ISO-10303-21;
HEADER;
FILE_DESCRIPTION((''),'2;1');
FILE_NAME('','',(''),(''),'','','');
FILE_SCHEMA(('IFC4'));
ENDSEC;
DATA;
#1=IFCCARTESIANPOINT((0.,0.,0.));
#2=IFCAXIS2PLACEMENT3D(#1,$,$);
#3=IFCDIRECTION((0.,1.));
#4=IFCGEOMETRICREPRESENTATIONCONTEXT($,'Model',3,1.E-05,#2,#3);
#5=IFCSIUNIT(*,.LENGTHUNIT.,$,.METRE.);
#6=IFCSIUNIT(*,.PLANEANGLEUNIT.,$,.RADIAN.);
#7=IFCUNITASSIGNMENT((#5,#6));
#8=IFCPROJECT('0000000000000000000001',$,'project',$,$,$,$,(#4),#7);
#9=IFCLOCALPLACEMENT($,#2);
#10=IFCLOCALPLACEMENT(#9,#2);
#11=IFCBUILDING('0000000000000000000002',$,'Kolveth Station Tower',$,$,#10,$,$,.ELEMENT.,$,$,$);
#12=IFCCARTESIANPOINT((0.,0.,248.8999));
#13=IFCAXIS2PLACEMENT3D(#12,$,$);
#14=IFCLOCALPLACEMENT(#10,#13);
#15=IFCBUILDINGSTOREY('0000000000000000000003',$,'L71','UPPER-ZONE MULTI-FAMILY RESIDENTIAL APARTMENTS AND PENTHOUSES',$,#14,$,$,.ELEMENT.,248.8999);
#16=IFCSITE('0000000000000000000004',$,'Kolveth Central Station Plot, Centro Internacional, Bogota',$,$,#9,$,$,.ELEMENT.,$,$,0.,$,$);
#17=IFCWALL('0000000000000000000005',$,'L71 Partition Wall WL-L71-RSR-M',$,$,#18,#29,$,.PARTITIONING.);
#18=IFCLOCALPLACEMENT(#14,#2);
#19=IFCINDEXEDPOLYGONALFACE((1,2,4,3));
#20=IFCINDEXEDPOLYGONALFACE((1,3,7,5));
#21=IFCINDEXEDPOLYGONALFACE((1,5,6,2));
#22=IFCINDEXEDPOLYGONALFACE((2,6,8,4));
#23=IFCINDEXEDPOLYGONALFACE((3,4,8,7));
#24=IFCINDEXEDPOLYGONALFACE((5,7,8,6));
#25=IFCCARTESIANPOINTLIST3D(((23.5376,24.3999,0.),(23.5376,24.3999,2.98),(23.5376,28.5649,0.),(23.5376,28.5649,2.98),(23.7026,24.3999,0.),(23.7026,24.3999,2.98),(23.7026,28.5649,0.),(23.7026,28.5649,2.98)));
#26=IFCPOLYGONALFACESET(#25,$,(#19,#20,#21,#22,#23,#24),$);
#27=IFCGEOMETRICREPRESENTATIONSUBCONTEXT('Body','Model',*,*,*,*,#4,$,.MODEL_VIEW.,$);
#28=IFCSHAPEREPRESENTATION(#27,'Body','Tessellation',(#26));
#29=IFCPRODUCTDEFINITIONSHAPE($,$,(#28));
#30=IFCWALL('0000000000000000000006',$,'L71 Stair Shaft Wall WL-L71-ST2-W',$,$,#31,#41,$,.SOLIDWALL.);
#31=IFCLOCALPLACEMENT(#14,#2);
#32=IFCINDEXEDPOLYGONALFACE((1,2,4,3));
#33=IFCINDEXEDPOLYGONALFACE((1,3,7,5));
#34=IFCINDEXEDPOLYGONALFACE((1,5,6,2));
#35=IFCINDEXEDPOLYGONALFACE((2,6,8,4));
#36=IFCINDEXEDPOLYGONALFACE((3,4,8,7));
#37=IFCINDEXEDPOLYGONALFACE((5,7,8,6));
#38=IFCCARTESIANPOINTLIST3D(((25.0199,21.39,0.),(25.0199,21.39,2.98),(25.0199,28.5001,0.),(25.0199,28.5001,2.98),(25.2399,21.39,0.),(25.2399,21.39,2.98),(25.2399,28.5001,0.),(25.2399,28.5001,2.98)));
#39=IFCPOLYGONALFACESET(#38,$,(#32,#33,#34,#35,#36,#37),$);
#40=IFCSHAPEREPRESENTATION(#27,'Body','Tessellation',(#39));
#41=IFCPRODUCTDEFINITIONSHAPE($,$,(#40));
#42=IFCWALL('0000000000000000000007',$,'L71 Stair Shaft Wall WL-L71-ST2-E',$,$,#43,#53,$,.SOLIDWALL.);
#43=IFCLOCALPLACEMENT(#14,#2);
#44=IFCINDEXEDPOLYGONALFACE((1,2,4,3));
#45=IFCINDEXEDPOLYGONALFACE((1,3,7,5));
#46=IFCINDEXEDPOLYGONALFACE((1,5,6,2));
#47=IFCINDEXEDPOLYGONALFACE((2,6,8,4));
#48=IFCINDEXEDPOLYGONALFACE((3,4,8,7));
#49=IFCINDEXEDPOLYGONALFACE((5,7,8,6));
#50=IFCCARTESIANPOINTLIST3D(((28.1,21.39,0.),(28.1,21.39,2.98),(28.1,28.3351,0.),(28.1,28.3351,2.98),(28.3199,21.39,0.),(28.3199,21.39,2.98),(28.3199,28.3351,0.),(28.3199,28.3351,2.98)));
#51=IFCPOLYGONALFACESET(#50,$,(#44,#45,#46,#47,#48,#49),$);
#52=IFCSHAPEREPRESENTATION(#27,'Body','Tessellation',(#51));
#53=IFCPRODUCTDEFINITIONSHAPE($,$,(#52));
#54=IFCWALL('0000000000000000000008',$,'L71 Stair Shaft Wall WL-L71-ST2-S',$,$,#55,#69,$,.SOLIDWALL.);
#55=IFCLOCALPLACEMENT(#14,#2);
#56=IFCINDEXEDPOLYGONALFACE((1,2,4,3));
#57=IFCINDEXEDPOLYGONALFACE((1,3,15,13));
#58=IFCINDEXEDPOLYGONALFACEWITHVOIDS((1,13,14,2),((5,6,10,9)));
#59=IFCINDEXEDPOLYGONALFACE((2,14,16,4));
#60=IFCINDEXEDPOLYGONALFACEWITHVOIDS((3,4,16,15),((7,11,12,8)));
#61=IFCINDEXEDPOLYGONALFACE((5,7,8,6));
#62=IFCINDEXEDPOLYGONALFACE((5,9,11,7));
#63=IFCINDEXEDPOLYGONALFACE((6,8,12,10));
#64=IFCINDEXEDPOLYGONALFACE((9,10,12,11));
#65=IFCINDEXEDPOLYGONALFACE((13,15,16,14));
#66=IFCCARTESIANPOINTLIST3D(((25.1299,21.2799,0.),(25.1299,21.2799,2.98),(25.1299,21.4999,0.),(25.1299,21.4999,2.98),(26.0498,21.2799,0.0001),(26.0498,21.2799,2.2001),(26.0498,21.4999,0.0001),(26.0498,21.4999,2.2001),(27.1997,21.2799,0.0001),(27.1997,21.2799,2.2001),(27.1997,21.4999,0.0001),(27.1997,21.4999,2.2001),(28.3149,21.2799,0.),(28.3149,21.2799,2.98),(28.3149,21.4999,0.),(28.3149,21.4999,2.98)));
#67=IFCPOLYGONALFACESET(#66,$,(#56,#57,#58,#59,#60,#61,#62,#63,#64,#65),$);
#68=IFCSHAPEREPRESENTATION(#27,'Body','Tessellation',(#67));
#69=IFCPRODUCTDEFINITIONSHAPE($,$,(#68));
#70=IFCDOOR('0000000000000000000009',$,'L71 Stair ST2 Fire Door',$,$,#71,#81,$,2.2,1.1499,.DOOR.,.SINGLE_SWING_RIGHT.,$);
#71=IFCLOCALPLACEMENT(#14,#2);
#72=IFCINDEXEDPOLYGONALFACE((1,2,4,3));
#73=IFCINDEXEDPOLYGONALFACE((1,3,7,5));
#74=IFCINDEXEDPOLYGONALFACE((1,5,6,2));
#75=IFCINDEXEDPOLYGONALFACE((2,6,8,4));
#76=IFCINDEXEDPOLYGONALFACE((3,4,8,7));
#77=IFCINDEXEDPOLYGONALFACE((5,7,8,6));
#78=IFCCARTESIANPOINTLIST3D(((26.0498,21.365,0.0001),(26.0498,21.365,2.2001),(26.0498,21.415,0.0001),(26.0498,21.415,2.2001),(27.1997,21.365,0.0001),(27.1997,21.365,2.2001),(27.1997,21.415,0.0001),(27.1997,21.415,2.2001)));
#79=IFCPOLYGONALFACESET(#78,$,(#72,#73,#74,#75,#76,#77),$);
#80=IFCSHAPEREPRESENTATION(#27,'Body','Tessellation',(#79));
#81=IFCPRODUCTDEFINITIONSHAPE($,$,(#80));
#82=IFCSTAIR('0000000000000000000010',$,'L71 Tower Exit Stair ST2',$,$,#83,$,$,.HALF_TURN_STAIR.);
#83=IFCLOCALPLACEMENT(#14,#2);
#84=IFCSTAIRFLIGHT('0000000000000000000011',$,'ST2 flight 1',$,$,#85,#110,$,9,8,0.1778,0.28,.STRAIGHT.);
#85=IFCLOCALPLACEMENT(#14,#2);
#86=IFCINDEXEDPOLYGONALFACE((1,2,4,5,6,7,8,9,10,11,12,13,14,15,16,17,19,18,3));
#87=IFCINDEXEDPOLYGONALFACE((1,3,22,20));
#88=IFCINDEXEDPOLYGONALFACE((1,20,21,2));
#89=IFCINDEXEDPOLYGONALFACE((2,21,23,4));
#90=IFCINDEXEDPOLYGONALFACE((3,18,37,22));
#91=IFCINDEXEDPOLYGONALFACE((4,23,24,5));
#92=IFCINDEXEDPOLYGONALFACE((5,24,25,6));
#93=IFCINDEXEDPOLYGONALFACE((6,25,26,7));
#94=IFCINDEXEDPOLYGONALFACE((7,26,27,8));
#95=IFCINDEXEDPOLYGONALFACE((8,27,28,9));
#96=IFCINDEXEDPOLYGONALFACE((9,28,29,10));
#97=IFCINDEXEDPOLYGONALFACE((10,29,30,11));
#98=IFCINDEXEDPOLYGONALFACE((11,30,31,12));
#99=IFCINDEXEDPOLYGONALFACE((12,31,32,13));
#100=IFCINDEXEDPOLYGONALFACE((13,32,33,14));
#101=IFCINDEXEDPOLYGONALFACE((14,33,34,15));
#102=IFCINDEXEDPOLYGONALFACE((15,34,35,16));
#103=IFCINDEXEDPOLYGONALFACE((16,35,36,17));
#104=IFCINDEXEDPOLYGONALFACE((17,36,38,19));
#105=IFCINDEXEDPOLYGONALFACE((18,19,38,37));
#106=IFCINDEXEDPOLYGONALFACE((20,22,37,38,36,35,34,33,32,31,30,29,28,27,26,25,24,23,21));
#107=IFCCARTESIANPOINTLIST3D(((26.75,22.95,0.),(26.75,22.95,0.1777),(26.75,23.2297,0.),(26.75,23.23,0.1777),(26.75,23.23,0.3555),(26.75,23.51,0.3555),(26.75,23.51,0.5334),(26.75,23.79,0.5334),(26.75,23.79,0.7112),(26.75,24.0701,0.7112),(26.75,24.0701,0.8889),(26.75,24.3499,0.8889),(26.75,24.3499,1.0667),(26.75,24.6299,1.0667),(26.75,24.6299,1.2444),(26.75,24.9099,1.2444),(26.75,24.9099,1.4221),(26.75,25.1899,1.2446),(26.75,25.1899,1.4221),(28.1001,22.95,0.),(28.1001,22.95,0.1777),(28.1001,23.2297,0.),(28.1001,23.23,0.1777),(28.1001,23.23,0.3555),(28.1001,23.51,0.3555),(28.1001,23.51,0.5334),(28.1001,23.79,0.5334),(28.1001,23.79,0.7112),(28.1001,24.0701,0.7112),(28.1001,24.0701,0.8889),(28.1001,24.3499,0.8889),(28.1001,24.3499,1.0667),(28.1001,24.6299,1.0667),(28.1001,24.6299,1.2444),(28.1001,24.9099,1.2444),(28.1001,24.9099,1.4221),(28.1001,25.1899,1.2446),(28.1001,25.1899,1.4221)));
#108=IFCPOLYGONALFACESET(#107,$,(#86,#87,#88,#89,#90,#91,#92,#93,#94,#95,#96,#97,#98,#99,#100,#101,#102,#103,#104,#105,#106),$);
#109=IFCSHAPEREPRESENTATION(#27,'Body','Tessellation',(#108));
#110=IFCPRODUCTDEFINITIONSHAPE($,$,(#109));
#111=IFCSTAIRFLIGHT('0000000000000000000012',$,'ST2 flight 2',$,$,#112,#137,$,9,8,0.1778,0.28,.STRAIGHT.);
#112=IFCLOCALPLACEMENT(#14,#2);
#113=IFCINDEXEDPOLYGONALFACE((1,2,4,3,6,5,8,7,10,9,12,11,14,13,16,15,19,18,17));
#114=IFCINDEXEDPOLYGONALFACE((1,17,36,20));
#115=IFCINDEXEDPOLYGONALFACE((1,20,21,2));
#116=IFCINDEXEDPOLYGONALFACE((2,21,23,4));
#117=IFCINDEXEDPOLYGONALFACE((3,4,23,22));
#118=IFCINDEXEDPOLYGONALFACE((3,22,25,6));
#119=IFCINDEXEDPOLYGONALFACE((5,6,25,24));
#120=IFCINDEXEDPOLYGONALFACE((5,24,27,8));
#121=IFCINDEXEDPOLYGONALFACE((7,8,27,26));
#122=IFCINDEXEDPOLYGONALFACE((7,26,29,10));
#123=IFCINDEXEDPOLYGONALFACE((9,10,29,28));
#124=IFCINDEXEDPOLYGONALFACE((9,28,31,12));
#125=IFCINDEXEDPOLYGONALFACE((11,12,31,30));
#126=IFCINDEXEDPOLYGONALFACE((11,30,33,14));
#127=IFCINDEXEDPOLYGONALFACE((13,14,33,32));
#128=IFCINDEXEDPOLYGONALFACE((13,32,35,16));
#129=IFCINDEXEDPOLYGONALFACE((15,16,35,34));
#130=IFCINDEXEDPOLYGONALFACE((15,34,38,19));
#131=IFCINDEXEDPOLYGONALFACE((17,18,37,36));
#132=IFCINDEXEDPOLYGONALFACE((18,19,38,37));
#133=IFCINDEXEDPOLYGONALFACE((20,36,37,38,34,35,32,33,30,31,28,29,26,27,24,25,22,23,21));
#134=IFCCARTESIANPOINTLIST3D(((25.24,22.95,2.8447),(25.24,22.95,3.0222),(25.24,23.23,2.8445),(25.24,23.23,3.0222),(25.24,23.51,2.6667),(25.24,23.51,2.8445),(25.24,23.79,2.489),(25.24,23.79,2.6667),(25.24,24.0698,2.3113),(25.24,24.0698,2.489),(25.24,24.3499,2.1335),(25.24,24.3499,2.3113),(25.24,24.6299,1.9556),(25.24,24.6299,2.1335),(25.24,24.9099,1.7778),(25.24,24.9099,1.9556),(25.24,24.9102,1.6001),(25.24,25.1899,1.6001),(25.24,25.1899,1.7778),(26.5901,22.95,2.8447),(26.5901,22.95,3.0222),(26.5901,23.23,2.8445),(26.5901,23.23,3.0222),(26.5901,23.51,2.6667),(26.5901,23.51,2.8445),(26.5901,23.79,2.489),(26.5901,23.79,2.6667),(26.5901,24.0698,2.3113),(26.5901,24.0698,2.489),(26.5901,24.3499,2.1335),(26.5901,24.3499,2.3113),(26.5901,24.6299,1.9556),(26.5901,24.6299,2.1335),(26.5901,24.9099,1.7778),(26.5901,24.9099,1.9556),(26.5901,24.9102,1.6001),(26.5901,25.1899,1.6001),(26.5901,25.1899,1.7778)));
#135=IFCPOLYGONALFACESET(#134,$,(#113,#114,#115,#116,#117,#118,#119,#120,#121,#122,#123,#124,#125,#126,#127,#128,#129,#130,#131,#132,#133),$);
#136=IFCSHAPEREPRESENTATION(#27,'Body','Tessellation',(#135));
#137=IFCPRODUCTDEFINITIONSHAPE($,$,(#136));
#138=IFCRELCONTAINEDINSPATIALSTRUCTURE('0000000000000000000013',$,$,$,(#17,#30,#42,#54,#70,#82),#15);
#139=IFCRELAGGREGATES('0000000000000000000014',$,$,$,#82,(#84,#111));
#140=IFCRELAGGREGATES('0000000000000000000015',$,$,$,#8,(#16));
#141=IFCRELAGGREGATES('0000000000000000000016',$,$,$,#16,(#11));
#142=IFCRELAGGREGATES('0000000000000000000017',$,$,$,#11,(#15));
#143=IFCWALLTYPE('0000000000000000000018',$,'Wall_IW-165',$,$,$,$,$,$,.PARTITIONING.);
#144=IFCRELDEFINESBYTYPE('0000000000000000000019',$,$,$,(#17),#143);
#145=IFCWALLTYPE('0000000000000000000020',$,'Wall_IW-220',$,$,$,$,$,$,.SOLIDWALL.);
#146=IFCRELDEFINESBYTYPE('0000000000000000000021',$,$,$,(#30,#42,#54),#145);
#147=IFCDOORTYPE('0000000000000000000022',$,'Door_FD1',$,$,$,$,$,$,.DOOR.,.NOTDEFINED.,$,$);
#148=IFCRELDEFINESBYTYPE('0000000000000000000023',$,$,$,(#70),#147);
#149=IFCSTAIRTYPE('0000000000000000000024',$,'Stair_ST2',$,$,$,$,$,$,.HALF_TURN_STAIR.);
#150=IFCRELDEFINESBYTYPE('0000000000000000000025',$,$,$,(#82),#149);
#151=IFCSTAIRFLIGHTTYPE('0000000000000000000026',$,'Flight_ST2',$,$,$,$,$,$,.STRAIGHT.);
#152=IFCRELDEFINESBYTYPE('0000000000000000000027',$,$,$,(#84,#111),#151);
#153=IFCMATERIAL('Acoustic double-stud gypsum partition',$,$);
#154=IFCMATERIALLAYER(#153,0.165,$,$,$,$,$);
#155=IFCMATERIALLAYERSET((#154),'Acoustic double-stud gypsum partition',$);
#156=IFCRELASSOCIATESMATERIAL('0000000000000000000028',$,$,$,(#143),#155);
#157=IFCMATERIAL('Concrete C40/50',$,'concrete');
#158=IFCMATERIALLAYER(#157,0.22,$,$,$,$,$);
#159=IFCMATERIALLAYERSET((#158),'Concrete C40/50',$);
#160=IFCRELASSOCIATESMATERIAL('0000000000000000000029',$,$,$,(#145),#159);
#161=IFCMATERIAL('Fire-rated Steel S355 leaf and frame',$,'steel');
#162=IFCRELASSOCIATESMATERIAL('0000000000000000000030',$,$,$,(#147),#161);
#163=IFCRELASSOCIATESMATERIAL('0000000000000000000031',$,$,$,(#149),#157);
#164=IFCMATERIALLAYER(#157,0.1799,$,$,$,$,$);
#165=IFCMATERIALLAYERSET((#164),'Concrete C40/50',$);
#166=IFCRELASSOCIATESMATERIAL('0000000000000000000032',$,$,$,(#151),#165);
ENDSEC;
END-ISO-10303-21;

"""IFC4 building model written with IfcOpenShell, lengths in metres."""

from ifc_helpers import new_model, si_unit, direction, frame, frame_2d, origin, place, context, subcontext, project, spatial, polyline, rectangle, outline, extrude, material, layer, layer_set, type_object, element, fill, aggregate, save


model = new_model("IFC4")

# Units and contexts
model_context = context("Model", 3, precision=1e-05, world=origin(), true_north=direction((0.0, 1.0)))
body_context = subcontext(model_context, "Body", "Model", "MODEL_VIEW")
ifc_project = project(units=[si_unit("LENGTHUNIT", "METRE"), si_unit("PLANEANGLEUNIT", "RADIAN")], contexts=[model_context])

# Site, building, storey
site_placement = place(None, origin())
site = spatial("IfcSite", under=ifc_project, at=site_placement, Name="Kolveth Central Station Plot, Centro Internacional, Bogota", CompositionType="ELEMENT", RefElevation=0.0)
building_placement = place(site_placement, origin())
building = spatial("IfcBuilding", under=site, at=building_placement, Name="Kolveth Station Tower", CompositionType="ELEMENT")
storey_placement = place(building_placement, frame((0.0, 0.0, 248.8999)))
storey = spatial("IfcBuildingStorey", under=building, at=storey_placement, Name="L71", Description="UPPER-ZONE MULTI-FAMILY RESIDENTIAL APARTMENTS AND PENTHOUSES", CompositionType="ELEMENT", Elevation=248.8999)

# Walls
ifc_material_1 = material(Name="Acoustic double-stud gypsum partition")
ifc_layer_1 = layer(ifc_material_1, 0.165)
ifc_layer_set_1 = layer_set([ifc_layer_1], Name="Acoustic double-stud gypsum partition")
wall_type_1 = type_object("IfcWallType", Name="Wall_IW-165", PredefinedType="PARTITIONING", material=ifc_layer_set_1)
wall_1_placement = place(storey_placement, frame((23.6201, 24.3999, 0.0), z_axis=(0.0, 0.0, 1.0), x_axis=(0.0, 1.0, 0.0)))
element("IfcWall", 1, at=wall_1_placement, inside=storey, type_object=wall_type_1, Name="L71 Partition Wall WL-L71-RSR-M", PredefinedType="PARTITIONING", context=body_context, shape_type="SweptSolid", body=[
    extrude(rectangle(XDim=4.165, YDim=0.165, at=frame_2d((2.0825, 0.0))), origin(), (0.0, 0.0, 1.0), 2.98),
])
ifc_material_2 = material(Name="Concrete C40/50", Category="concrete")
ifc_layer_2 = layer(ifc_material_2, 0.22)
ifc_layer_set_2 = layer_set([ifc_layer_2], Name="Concrete C40/50")
wall_type_2 = type_object("IfcWallType", Name="Wall_IW-220", PredefinedType="SOLIDWALL", material=ifc_layer_set_2)
wall_2_placement = place(storey_placement, frame((25.1299, 21.3899, 0.0), z_axis=(0.0, 0.0, 1.0), x_axis=(0.0, 1.0, 0.0)))
element("IfcWall", 2, at=wall_2_placement, inside=storey, type_object=wall_type_2, Name="L71 Stair Shaft Wall WL-L71-ST2-W", PredefinedType="SOLIDWALL", context=body_context, shape_type="SweptSolid", body=[
    extrude(rectangle(XDim=7.1101, YDim=0.22, at=frame_2d((3.5552, 0.0))), origin(), (0.0, 0.0, 1.0), 2.98),
])
wall_3_placement = place(storey_placement, frame((28.21, 21.3899, 0.0), z_axis=(0.0, 0.0, 1.0), x_axis=(0.0, 1.0, 0.0)))
element("IfcWall", 3, at=wall_3_placement, inside=storey, type_object=wall_type_2, Name="L71 Stair Shaft Wall WL-L71-ST2-E", PredefinedType="SOLIDWALL", context=body_context, shape_type="SweptSolid", body=[
    extrude(rectangle(XDim=6.9451, YDim=0.22, at=frame_2d((3.4727, 0.0))), origin(), (0.0, 0.0, 1.0), 2.98),
])

# Wall, opening, door
wall_4_placement = place(storey_placement, frame((25.1299, 21.3899, 0.0), z_axis=(0.0, 0.0, 1.0), x_axis=(1.0, 0.0, 0.0)))
wall_4 = element("IfcWall", 4, at=wall_4_placement, inside=storey, type_object=wall_type_2, Name="L71 Stair Shaft Wall WL-L71-ST2-S", PredefinedType="SOLIDWALL", context=body_context, shape_type="SweptSolid", body=[
    extrude(rectangle(XDim=3.1851, YDim=0.22, at=frame_2d((1.5925, 0.0))), origin(), (0.0, 0.0, 1.0), 2.98),
])
opening_1_placement = place(wall_4_placement, frame((0.9199, 0.0, 0.0)))
opening_1 = element("IfcOpeningElement", 5, at=opening_1_placement, cuts=wall_4, PredefinedType="OPENING", context=body_context, shape_type="SweptSolid", body=[
    extrude(rectangle(XDim=1.1499, YDim=2.2, at=frame_2d((0.575, 1.1001))), frame((0.0, 0.1199, 0.0), z_axis=(0.0, -1.0, 0.0), x_axis=(1.0, 0.0, 0.0)), (0.0, 0.0, 1.0), 0.24),
])
ifc_material_3 = material(Name="Fire-rated Steel S355 leaf and frame", Category="steel")
door_type_1 = type_object("IfcDoorType", Name="Door_FD1", OperationType="NOTDEFINED", PredefinedType="DOOR", material=ifc_material_3)
door_1_placement = place(opening_1_placement, frame((1.1499, 0.0, 0.0), z_axis=(0.0, 0.0, 1.0), x_axis=(-1.0, 0.0, 0.0)))
door_1 = element("IfcDoor", 6, at=door_1_placement, inside=storey, type_object=door_type_1, Name="L71 Stair ST2 Fire Door", OperationType="SINGLE_SWING_RIGHT", OverallHeight=2.2, OverallWidth=1.1499, PredefinedType="DOOR", context=body_context, shape_type="SweptSolid", body=[
    extrude(rectangle(XDim=1.1499, YDim=2.2, at=frame_2d((0.575, 1.1001))), frame((0.0, 0.0249, 0.0), z_axis=(0.0, -1.0, 0.0), x_axis=(1.0, 0.0, 0.0)), (0.0, 0.0, 1.0), 0.05),
])
fill(opening_1, door_1)

# Stair, stair flights
stair_type = type_object("IfcStairType", Name="Stair_ST2", PredefinedType="HALF_TURN_STAIR", material=ifc_material_2)
stair_placement = place(storey_placement, origin())
stair = element("IfcStair", 7, at=stair_placement, inside=storey, type_object=stair_type, Name="L71 Tower Exit Stair ST2", PredefinedType="HALF_TURN_STAIR")
ifc_layer_3 = layer(ifc_material_2, 0.1799)
ifc_layer_set_3 = layer_set([ifc_layer_3], Name="Concrete C40/50")
stair_flight_type = type_object("IfcStairFlightType", Name="Flight_ST2", PredefinedType="STRAIGHT", material=ifc_layer_set_3)
stair_flight_1_placement = place(storey_placement, frame((27.425, 22.95, 0.0), z_axis=(0.0, 0.0, 1.0), x_axis=(0.0, 1.0, 0.0)))
stair_flight_1 = element("IfcStairFlight", 8, at=stair_flight_1_placement, type_object=stair_flight_type, Name="ST2 flight 1", NumberOfRisers=9, NumberOfTreads=8, PredefinedType="STRAIGHT", RiserHeight=0.1778, TreadLength=0.28, context=body_context, shape_type="SweptSolid", body=[
    extrude(outline(polyline([(0.0, 0.0), (0.0, 0.1777), (0.28, 0.1777), (0.28, 0.3555), (0.5601, 0.3555), (0.5601, 0.5334), (0.8401, 0.5334), (0.8401, 0.7112), (1.1201, 0.7112), (1.1201, 0.8889), (1.3999, 0.8889), (1.3999, 1.0667), (1.6799, 1.0667), (1.6799, 1.2444), (1.96, 1.2444), (1.96, 1.4221), (2.24, 1.4221), (2.24, 1.6001), (2.24, 1.2446), (0.2798, 0.0), (0.0, 0.0)])), frame((0.0, 0.675, 0.0), z_axis=(0.0, -1.0, 0.0), x_axis=(1.0, 0.0, 0.0)), (0.0, 0.0, 1.0), 1.3501),
])
stair_flight_2_placement = place(storey_placement, frame((25.915, 25.1899, 1.6001), z_axis=(0.0, 0.0, 1.0), x_axis=(0.0, -1.0, 0.0)))
stair_flight_2 = element("IfcStairFlight", 9, at=stair_flight_2_placement, type_object=stair_flight_type, Name="ST2 flight 2", NumberOfRisers=9, NumberOfTreads=8, PredefinedType="STRAIGHT", RiserHeight=0.1778, TreadLength=0.28, context=body_context, shape_type="SweptSolid", body=[
    extrude(outline(polyline([(0.0, 0.0), (0.0, 0.1777), (0.28, 0.1777), (0.28, 0.3555), (0.5601, 0.3555), (0.5601, 0.5334), (0.8401, 0.5334), (0.8401, 0.7112), (1.1201, 0.7112), (1.1201, 0.8889), (1.3999, 0.8889), (1.3999, 1.0667), (1.6799, 1.0667), (1.6799, 1.2444), (1.96, 1.2444), (1.96, 1.4221), (2.24, 1.4221), (2.24, 1.6001), (2.24, 1.2446), (0.2798, 0.0), (0.0, 0.0)])), frame((0.0, 0.675, 0.0), z_axis=(0.0, -1.0, 0.0), x_axis=(1.0, 0.0, 0.0)), (0.0, 0.0, 1.0), 1.3501),
])
aggregate(stair, [stair_flight_1, stair_flight_2])

save(model, "model.ifc")
